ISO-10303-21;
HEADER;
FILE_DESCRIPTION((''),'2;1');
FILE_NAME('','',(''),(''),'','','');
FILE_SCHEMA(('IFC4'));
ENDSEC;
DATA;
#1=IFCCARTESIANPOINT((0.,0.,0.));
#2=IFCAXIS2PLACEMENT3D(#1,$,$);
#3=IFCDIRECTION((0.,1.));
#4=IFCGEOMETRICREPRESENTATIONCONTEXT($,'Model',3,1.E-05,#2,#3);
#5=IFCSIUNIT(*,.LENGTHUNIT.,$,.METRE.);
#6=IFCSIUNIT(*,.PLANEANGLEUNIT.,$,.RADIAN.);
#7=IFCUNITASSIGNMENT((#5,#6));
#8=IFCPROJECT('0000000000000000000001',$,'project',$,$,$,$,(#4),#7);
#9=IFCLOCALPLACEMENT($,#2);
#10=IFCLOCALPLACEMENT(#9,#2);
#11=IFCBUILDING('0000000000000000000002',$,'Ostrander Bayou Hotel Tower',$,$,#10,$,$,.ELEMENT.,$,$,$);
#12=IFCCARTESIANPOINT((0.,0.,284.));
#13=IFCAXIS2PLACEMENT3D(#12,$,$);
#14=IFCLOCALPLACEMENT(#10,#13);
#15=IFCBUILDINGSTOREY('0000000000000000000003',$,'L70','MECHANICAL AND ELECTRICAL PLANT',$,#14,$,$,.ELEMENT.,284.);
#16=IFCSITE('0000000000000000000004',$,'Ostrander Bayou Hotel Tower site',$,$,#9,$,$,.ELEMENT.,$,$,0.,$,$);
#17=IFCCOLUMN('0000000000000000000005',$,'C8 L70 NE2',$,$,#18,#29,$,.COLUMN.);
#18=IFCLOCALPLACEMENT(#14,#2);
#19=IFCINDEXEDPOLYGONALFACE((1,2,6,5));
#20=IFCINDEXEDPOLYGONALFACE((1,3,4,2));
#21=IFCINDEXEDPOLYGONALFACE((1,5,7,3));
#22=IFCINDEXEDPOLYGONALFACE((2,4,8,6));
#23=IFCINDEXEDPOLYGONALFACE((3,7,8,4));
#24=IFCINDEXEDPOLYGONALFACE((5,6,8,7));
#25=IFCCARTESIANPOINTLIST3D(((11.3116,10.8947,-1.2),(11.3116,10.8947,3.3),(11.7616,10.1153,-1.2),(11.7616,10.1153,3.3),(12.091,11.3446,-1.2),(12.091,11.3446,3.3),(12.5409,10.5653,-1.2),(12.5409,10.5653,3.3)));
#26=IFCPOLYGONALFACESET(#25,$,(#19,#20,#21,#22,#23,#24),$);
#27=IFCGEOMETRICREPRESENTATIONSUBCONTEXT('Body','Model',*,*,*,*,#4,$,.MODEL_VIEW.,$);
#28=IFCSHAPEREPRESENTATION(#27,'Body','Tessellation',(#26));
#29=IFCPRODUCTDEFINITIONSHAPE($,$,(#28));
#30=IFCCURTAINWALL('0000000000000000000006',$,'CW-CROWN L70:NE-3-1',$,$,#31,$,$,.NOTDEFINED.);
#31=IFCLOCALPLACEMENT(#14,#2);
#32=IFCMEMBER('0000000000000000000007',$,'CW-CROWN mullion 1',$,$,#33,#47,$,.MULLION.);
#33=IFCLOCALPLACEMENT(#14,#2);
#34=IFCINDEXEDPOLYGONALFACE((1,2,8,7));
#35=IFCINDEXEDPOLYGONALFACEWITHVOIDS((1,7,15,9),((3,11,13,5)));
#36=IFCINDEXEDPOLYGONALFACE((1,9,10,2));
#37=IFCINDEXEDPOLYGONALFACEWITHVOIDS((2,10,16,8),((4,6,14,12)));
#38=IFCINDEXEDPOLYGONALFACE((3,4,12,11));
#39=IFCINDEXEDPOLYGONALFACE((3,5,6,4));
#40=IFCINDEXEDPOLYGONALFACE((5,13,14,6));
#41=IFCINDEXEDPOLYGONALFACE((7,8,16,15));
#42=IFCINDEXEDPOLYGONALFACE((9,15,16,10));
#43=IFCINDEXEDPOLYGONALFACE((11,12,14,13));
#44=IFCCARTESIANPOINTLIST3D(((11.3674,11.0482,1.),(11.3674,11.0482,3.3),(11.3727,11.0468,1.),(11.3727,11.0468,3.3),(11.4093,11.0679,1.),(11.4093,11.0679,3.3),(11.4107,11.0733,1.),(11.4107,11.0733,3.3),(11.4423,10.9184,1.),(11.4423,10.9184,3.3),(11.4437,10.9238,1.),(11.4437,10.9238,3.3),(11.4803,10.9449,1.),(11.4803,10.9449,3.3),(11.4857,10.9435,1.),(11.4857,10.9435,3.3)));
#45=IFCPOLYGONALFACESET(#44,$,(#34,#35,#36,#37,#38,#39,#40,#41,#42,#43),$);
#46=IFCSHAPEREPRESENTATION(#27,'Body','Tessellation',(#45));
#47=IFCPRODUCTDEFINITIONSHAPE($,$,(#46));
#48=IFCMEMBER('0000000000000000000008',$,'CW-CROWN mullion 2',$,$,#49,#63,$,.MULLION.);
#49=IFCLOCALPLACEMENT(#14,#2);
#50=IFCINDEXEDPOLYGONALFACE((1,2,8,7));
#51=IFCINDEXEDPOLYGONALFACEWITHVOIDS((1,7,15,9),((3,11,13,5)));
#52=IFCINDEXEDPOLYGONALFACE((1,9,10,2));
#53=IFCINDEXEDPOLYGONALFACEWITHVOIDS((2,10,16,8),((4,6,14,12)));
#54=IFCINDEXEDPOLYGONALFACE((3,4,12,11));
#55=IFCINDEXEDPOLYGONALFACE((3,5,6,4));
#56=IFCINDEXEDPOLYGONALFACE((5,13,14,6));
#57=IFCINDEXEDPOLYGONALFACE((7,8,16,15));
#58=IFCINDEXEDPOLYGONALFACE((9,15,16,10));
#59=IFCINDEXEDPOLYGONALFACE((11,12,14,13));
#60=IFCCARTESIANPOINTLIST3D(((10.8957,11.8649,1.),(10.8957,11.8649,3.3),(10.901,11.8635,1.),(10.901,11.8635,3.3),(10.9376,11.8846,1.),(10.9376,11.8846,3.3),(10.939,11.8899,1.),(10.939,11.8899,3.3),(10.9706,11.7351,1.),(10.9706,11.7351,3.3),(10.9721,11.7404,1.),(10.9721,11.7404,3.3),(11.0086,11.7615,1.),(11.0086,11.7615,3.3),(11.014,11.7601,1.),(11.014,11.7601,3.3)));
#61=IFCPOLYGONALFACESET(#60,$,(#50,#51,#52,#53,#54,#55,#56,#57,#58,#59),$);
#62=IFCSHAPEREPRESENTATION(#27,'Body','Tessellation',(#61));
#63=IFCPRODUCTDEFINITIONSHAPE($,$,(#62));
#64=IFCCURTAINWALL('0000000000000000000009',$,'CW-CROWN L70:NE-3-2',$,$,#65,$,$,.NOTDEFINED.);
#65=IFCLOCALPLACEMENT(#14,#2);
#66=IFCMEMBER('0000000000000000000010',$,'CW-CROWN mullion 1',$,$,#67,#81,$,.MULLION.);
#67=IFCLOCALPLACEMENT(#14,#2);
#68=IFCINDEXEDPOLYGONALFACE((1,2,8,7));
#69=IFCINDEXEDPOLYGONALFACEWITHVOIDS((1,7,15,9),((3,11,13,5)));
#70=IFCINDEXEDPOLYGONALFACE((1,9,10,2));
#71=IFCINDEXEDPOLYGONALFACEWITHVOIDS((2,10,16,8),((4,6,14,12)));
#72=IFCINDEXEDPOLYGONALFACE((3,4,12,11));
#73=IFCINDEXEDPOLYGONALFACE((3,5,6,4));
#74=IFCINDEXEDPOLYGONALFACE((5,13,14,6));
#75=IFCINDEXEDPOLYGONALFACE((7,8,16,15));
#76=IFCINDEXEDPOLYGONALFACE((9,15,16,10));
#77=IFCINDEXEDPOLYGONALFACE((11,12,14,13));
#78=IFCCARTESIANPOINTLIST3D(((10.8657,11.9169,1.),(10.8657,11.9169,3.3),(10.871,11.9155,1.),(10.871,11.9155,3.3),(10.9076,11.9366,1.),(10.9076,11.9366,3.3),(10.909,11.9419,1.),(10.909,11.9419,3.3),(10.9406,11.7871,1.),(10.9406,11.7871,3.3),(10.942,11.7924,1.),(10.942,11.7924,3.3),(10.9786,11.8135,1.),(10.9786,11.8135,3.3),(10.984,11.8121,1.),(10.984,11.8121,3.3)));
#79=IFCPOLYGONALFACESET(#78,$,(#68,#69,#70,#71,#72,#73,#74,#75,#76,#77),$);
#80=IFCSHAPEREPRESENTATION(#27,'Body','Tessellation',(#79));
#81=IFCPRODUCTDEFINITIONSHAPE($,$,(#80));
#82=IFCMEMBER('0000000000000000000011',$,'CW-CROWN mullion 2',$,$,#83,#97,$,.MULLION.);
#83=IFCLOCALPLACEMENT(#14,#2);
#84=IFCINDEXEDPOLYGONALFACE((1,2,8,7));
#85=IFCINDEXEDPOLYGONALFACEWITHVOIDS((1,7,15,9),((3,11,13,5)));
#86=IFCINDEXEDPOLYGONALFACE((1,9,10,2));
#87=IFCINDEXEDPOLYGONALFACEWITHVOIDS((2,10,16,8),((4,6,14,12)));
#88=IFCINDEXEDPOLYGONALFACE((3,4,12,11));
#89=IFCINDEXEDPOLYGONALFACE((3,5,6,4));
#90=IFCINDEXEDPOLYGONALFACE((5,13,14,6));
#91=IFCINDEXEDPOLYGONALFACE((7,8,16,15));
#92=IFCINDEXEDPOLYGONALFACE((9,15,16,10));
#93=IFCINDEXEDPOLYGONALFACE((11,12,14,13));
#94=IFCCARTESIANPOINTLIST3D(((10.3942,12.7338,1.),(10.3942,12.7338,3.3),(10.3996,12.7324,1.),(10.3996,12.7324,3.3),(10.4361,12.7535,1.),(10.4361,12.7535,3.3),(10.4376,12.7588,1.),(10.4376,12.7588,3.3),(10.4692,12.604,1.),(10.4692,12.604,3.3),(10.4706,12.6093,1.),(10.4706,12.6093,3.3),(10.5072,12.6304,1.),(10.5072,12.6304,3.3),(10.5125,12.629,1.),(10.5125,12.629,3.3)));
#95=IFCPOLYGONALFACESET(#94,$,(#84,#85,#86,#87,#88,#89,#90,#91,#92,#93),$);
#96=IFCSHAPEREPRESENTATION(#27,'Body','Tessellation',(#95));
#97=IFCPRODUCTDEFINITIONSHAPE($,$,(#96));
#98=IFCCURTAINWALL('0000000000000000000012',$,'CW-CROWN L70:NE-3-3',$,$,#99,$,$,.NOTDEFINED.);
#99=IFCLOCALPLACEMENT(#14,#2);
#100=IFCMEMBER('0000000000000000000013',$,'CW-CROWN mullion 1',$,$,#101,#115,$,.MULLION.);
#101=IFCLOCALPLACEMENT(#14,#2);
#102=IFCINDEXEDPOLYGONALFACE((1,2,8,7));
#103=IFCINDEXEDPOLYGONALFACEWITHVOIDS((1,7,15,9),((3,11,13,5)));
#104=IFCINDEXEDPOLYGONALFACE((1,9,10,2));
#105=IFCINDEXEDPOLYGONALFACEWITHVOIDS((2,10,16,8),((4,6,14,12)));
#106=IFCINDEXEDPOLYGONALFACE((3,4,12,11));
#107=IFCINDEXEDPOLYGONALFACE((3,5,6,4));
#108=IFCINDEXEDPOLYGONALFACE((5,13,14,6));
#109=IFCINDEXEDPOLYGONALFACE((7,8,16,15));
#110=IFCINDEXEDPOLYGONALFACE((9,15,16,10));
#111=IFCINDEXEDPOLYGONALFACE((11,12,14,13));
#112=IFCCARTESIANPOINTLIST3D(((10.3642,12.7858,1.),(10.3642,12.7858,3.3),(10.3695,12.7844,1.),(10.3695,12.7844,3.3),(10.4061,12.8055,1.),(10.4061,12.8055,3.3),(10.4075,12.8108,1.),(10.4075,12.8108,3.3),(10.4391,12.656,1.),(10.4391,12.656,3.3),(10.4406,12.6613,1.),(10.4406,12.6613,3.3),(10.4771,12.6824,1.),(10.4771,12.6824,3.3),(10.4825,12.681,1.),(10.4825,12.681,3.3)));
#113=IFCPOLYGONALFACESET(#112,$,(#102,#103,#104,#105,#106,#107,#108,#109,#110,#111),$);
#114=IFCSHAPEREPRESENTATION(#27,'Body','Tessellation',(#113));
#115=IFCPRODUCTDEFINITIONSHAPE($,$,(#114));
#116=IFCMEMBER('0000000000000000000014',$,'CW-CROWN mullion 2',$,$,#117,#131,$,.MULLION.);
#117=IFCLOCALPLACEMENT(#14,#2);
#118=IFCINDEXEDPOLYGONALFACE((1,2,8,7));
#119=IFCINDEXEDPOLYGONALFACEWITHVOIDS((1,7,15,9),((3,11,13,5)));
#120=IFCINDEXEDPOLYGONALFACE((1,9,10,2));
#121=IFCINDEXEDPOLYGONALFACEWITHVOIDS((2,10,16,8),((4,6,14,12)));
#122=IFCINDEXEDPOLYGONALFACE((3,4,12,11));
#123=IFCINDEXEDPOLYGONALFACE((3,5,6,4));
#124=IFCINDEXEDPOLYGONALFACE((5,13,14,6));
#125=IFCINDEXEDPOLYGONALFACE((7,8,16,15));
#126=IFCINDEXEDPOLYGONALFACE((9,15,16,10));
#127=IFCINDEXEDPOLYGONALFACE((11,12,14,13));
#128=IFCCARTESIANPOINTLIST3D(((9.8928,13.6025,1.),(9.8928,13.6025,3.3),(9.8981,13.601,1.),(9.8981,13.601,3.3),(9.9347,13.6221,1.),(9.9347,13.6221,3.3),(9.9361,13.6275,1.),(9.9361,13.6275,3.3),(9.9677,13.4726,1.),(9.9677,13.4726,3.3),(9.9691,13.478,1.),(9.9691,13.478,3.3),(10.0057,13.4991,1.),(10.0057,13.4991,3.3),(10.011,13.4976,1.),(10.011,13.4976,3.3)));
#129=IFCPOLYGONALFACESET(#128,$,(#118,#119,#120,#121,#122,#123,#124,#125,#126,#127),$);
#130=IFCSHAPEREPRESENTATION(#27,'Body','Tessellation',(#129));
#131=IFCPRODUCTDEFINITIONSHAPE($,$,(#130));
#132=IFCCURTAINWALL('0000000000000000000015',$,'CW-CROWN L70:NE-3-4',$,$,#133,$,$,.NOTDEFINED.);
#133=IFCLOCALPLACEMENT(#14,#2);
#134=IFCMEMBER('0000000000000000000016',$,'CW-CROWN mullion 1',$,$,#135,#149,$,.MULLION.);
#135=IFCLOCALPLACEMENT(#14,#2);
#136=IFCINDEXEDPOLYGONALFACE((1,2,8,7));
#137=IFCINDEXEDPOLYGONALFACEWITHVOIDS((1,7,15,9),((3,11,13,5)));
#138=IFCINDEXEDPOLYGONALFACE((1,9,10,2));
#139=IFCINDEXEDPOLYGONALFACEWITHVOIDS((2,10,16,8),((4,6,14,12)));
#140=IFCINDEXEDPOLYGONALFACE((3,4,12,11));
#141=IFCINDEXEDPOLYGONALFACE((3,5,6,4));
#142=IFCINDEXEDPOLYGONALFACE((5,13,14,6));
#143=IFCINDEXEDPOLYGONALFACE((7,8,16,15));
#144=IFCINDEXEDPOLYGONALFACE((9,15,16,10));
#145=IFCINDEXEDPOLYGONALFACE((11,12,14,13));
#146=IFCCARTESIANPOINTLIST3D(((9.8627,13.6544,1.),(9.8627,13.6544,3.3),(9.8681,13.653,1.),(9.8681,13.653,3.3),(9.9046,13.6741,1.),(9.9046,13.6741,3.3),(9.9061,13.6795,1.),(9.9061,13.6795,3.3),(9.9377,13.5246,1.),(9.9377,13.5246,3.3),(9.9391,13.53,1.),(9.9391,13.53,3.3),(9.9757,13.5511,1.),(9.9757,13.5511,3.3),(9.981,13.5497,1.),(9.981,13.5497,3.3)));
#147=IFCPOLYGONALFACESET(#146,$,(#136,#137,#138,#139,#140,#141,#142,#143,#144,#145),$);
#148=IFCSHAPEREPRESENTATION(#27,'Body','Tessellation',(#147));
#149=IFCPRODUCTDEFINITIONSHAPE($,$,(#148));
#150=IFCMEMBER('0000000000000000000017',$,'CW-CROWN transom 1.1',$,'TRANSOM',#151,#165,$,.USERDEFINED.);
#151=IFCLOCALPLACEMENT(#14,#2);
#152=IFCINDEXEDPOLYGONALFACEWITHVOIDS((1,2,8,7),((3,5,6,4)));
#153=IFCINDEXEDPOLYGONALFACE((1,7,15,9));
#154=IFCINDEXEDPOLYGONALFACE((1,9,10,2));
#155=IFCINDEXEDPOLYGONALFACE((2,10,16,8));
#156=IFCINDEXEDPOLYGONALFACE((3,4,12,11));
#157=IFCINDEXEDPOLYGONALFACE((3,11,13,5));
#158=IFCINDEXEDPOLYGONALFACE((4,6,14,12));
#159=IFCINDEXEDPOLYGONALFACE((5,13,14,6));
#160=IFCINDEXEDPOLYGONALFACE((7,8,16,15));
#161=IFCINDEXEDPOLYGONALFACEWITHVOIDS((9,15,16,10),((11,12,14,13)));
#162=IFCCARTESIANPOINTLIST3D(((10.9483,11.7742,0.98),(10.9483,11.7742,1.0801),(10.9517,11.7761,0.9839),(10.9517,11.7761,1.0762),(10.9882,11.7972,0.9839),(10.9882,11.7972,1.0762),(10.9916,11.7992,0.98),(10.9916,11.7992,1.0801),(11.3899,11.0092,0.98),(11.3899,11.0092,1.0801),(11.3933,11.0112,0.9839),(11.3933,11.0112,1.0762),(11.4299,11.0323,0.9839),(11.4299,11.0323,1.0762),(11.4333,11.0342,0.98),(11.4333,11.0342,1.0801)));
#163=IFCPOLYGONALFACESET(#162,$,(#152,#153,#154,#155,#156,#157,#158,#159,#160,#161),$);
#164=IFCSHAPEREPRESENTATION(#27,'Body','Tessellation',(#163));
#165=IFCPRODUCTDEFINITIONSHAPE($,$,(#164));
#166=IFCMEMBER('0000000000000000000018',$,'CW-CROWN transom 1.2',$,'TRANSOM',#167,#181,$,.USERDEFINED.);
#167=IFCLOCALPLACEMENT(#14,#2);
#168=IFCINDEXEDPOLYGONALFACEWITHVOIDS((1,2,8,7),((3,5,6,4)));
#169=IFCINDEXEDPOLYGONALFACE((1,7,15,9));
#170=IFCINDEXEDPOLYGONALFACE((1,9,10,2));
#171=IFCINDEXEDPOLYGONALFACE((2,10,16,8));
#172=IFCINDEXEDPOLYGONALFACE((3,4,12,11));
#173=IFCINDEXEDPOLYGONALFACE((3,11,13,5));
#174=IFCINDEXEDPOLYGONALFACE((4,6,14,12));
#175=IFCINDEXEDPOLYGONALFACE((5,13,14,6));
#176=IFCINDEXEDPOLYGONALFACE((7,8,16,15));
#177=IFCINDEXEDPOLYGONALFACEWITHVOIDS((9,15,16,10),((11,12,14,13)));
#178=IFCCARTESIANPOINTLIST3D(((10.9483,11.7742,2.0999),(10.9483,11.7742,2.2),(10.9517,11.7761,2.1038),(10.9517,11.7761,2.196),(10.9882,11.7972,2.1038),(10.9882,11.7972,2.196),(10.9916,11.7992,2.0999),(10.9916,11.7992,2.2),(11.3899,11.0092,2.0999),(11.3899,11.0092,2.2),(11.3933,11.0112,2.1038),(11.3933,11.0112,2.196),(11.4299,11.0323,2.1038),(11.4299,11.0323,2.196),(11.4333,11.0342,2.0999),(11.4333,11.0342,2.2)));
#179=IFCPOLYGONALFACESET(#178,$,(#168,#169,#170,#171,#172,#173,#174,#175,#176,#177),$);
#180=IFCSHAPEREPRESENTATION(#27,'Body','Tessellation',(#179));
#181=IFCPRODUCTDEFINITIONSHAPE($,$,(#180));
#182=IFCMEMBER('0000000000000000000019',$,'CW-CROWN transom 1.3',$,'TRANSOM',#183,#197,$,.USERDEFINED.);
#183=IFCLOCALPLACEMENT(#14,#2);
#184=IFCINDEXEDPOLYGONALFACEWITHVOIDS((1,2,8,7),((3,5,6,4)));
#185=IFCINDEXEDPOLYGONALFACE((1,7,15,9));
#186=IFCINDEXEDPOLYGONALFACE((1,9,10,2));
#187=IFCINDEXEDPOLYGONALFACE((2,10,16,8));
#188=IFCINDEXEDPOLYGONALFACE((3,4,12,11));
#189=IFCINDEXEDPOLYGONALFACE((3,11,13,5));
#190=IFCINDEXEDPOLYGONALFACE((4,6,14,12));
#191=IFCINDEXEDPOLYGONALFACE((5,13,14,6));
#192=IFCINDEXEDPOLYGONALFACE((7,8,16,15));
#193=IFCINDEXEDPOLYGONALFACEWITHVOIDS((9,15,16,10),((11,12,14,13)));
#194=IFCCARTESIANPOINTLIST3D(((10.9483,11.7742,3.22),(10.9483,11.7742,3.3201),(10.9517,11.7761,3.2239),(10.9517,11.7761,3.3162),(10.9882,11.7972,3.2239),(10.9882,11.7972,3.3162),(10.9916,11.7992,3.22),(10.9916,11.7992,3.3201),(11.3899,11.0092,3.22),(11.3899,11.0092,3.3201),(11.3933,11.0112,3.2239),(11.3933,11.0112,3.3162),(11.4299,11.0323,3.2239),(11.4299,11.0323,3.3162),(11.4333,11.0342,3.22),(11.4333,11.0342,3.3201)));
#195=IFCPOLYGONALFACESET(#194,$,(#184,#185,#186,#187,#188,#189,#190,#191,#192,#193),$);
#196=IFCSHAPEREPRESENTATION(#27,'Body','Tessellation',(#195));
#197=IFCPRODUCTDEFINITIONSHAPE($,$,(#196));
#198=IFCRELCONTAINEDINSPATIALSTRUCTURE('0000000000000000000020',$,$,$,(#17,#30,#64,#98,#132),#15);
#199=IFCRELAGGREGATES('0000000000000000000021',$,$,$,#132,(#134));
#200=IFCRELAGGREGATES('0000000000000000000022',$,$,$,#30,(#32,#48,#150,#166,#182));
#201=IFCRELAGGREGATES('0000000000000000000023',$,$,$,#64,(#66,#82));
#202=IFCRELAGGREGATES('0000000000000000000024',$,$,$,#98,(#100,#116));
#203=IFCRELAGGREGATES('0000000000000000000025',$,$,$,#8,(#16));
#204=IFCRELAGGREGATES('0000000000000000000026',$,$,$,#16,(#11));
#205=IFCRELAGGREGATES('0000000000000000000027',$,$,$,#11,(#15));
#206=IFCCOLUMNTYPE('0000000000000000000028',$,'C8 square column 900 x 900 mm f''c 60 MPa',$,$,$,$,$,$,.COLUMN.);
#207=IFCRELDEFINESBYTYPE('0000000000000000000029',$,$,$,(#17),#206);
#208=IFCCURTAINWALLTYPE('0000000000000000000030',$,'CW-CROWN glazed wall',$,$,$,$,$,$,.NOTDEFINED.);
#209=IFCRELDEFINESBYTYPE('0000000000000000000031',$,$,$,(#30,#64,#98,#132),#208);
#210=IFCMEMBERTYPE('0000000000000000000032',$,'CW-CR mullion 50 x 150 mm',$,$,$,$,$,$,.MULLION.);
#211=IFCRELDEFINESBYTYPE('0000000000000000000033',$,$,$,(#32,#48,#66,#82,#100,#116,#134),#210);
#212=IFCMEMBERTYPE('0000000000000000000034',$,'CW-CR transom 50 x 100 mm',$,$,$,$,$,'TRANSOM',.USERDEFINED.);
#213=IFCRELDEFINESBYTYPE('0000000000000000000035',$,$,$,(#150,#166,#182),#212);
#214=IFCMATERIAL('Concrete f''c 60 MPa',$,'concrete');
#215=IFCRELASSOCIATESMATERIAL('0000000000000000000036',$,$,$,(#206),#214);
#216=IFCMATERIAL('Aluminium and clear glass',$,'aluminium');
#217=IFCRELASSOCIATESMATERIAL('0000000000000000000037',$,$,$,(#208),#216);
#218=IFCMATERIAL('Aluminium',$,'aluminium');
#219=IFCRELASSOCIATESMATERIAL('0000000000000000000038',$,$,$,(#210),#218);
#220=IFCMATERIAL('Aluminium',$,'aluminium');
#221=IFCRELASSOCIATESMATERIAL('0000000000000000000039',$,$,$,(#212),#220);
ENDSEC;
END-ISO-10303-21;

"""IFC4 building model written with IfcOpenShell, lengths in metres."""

from ifc_helpers import new_model, si_unit, direction, frame, origin, origin_2d, place, context, subcontext, project, spatial, rectangle, hollow_rectangle, extrude, material, material_profile, profile_set, type_object, element, aggregate, save


model = new_model("IFC4")

# Units and contexts
model_context = context("Model", 3, precision=1e-05, world=origin(), true_north=direction((0.0, 1.0)))
body_context = subcontext(model_context, "Body", "Model", "MODEL_VIEW")
ifc_project = project(units=[si_unit("LENGTHUNIT", "METRE"), si_unit("PLANEANGLEUNIT", "RADIAN")], contexts=[model_context])

# Site, building, storey
site_placement = place(None, origin())
site = spatial("IfcSite", under=ifc_project, at=site_placement, Name="Ostrander Bayou Hotel Tower site", CompositionType="ELEMENT", RefElevation=0.0)
building_placement = place(site_placement, origin())
building = spatial("IfcBuilding", under=site, at=building_placement, Name="Ostrander Bayou Hotel Tower", CompositionType="ELEMENT")
storey_placement = place(building_placement, frame((0.0, 0.0, 284.0)))
storey = spatial("IfcBuildingStorey", under=building, at=storey_placement, Name="L70", Description="MECHANICAL AND ELECTRICAL PLANT", CompositionType="ELEMENT", Elevation=284.0)

# Column
ifc_material_1 = material(Name="Concrete f'c 60 MPa", Category="concrete")
ifc_material_profile_1 = material_profile(ifc_material_1, rectangle(XDim=0.8999, YDim=0.8999, at=origin_2d()))
ifc_profile_set_1 = profile_set([ifc_material_profile_1], Name="Concrete f'c 60 MPa")
column_type = type_object("IfcColumnType", Name="C8 square column 900 x 900 mm f'c 60 MPa", PredefinedType="COLUMN", material=ifc_profile_set_1)
column_placement = place(storey_placement, frame((11.9263, 10.73, -1.2), z_axis=(0.0, 0.0, 1.0), x_axis=(0.5, -0.866025, 0.0)))
element("IfcColumn", 1, at=column_placement, inside=storey, type_object=column_type, Name="C8 L70 NE2", PredefinedType="COLUMN", context=body_context, shape_type="SweptSolid", body=[
    extrude(rectangle(XDim=0.8999, YDim=0.8999, at=origin_2d()), origin(), (0.0, 0.0, 1.0), 4.5),
])

# Curtain walls, members
ifc_material_2 = material(Name="Aluminium and clear glass", Category="aluminium")
curtain_wall_type = type_object("IfcCurtainWallType", Name="CW-CROWN glazed wall", PredefinedType="NOTDEFINED", material=ifc_material_2)
curtain_wall_1_placement = place(storey_placement, origin())
curtain_wall_1 = element("IfcCurtainWall", 2, at=curtain_wall_1_placement, inside=storey, type_object=curtain_wall_type, Name="CW-CROWN L70:NE-3-1", PredefinedType="NOTDEFINED")
ifc_material_3 = material(Name="Aluminium", Category="aluminium")
ifc_material_profile_2 = material_profile(ifc_material_3, hollow_rectangle(XDim=0.05, YDim=0.1499, WallThickness=0.0039, at=origin_2d()))
ifc_profile_set_2 = profile_set([ifc_material_profile_2], Name="Aluminium")
member_type_1 = type_object("IfcMemberType", Name="CW-CR mullion 50 x 150 mm", PredefinedType="MULLION", material=ifc_profile_set_2)
member_1_placement = place(storey_placement, frame((11.4265, 10.9958, 1.0), z_axis=(0.0, 0.0, 1.0), x_axis=(-0.866026, -0.499999, 0.0)))
member_1 = element("IfcMember", 3, at=member_1_placement, type_object=member_type_1, Name="CW-CROWN mullion 1", PredefinedType="MULLION", context=body_context, shape_type="SweptSolid", body=[
    extrude(hollow_rectangle(XDim=0.05, YDim=0.1499, WallThickness=0.0039, at=origin_2d()), origin(), (0.0, 0.0, 1.0), 2.3),
])
member_2_placement = place(storey_placement, frame((10.9548, 11.8125, 1.0), z_axis=(0.0, 0.0, 1.0), x_axis=(-0.866026, -0.499999, 0.0)))
member_2 = element("IfcMember", 4, at=member_2_placement, type_object=member_type_1, Name="CW-CROWN mullion 2", PredefinedType="MULLION", context=body_context, shape_type="SweptSolid", body=[
    extrude(hollow_rectangle(XDim=0.05, YDim=0.1499, WallThickness=0.0039, at=origin_2d()), origin(), (0.0, 0.0, 1.0), 2.3),
])
curtain_wall_2_placement = place(storey_placement, origin())
curtain_wall_2 = element("IfcCurtainWall", 5, at=curtain_wall_2_placement, inside=storey, type_object=curtain_wall_type, Name="CW-CROWN L70:NE-3-2", PredefinedType="NOTDEFINED")
member_3_placement = place(storey_placement, frame((10.9248, 11.8645, 1.0), z_axis=(0.0, 0.0, 1.0), x_axis=(-0.866001, -0.500042, 0.0)))
member_3 = element("IfcMember", 6, at=member_3_placement, type_object=member_type_1, Name="CW-CROWN mullion 1", PredefinedType="MULLION", context=body_context, shape_type="SweptSolid", body=[
    extrude(hollow_rectangle(XDim=0.05, YDim=0.1499, WallThickness=0.0039, at=origin_2d()), origin(), (0.0, 0.0, 1.0), 2.3),
])
member_4_placement = place(storey_placement, frame((10.4534, 12.6814, 1.0), z_axis=(0.0, 0.0, 1.0), x_axis=(-0.866001, -0.500042, 0.0)))
member_4 = element("IfcMember", 7, at=member_4_placement, type_object=member_type_1, Name="CW-CROWN mullion 2", PredefinedType="MULLION", context=body_context, shape_type="SweptSolid", body=[
    extrude(hollow_rectangle(XDim=0.05, YDim=0.1499, WallThickness=0.0039, at=origin_2d()), origin(), (0.0, 0.0, 1.0), 2.3),
])
curtain_wall_3_placement = place(storey_placement, origin())
curtain_wall_3 = element("IfcCurtainWall", 8, at=curtain_wall_3_placement, inside=storey, type_object=curtain_wall_type, Name="CW-CROWN L70:NE-3-3", PredefinedType="NOTDEFINED")
member_5_placement = place(storey_placement, frame((10.4233, 12.7334, 1.0), z_axis=(0.0, 0.0, 1.0), x_axis=(-0.866069, -0.499924, 0.0)))
member_5 = element("IfcMember", 9, at=member_5_placement, type_object=member_type_1, Name="CW-CROWN mullion 1", PredefinedType="MULLION", context=body_context, shape_type="SweptSolid", body=[
    extrude(hollow_rectangle(XDim=0.05, YDim=0.1499, WallThickness=0.0039, at=origin_2d()), origin(), (0.0, 0.0, 1.0), 2.3),
])
member_6_placement = place(storey_placement, frame((9.9519, 13.55, 1.0), z_axis=(0.0, 0.0, 1.0), x_axis=(-0.866069, -0.499924, 0.0)))
member_6 = element("IfcMember", 10, at=member_6_placement, type_object=member_type_1, Name="CW-CROWN mullion 2", PredefinedType="MULLION", context=body_context, shape_type="SweptSolid", body=[
    extrude(hollow_rectangle(XDim=0.05, YDim=0.1499, WallThickness=0.0039, at=origin_2d()), origin(), (0.0, 0.0, 1.0), 2.3),
])

# Curtain wall, member
curtain_wall_4_placement = place(storey_placement, origin())
curtain_wall_4 = element("IfcCurtainWall", 11, at=curtain_wall_4_placement, inside=storey, type_object=curtain_wall_type, Name="CW-CROWN L70:NE-3-4", PredefinedType="NOTDEFINED")
member_7_placement = place(storey_placement, frame((9.9219, 13.6021, 1.0), z_axis=(0.0, 0.0, 1.0), x_axis=(-0.866026, -0.499999, 0.0)))
member_7 = element("IfcMember", 12, at=member_7_placement, type_object=member_type_1, Name="CW-CROWN mullion 1", PredefinedType="MULLION", context=body_context, shape_type="SweptSolid", body=[
    extrude(hollow_rectangle(XDim=0.05, YDim=0.1499, WallThickness=0.0039, at=origin_2d()), origin(), (0.0, 0.0, 1.0), 2.3),
])
aggregate(curtain_wall_4, [member_7])

# Members
ifc_material_4 = material(Name="Aluminium", Category="aluminium")
ifc_material_profile_3 = material_profile(ifc_material_4, hollow_rectangle(XDim=0.05, YDim=0.1001, WallThickness=0.0039, at=origin_2d()))
ifc_profile_set_3 = profile_set([ifc_material_profile_3], Name="Aluminium")
member_type_2 = type_object("IfcMemberType", Name="CW-CR transom 50 x 100 mm", ElementType="TRANSOM", PredefinedType="USERDEFINED", material=ifc_profile_set_3)
member_8_placement = place(storey_placement, frame((11.4116, 11.0217, 1.03), z_axis=(-0.500034, 0.866006, 0.0), x_axis=(-0.866006, -0.500034, 0.0)))
member_8 = element("IfcMember", 13, at=member_8_placement, type_object=member_type_2, Name="CW-CROWN transom 1.1", ObjectType="TRANSOM", PredefinedType="USERDEFINED", context=body_context, shape_type="SweptSolid", body=[
    extrude(hollow_rectangle(XDim=0.05, YDim=0.1001, WallThickness=0.0039, at=origin_2d()), origin(), (0.0, 0.0, 1.0), 0.8833),
])
member_9_placement = place(storey_placement, frame((11.4116, 11.0217, 2.1499), z_axis=(-0.500034, 0.866006, 0.0), x_axis=(-0.866006, -0.500034, 0.0)))
member_9 = element("IfcMember", 14, at=member_9_placement, type_object=member_type_2, Name="CW-CROWN transom 1.2", ObjectType="TRANSOM", PredefinedType="USERDEFINED", context=body_context, shape_type="SweptSolid", body=[
    extrude(hollow_rectangle(XDim=0.05, YDim=0.1001, WallThickness=0.0039, at=origin_2d()), origin(), (0.0, 0.0, 1.0), 0.8833),
])
member_10_placement = place(storey_placement, frame((11.4116, 11.0217, 3.27), z_axis=(-0.500034, 0.866006, 0.0), x_axis=(-0.866006, -0.500034, 0.0)))
member_10 = element("IfcMember", 15, at=member_10_placement, type_object=member_type_2, Name="CW-CROWN transom 1.3", ObjectType="TRANSOM", PredefinedType="USERDEFINED", context=body_context, shape_type="SweptSolid", body=[
    extrude(hollow_rectangle(XDim=0.05, YDim=0.1001, WallThickness=0.0039, at=origin_2d()), origin(), (0.0, 0.0, 1.0), 0.8833),
])

aggregate(curtain_wall_1, [member_1, member_2, member_8, member_9, member_10])
aggregate(curtain_wall_2, [member_3, member_4])
aggregate(curtain_wall_3, [member_5, member_6])

save(model, "model.ifc")
